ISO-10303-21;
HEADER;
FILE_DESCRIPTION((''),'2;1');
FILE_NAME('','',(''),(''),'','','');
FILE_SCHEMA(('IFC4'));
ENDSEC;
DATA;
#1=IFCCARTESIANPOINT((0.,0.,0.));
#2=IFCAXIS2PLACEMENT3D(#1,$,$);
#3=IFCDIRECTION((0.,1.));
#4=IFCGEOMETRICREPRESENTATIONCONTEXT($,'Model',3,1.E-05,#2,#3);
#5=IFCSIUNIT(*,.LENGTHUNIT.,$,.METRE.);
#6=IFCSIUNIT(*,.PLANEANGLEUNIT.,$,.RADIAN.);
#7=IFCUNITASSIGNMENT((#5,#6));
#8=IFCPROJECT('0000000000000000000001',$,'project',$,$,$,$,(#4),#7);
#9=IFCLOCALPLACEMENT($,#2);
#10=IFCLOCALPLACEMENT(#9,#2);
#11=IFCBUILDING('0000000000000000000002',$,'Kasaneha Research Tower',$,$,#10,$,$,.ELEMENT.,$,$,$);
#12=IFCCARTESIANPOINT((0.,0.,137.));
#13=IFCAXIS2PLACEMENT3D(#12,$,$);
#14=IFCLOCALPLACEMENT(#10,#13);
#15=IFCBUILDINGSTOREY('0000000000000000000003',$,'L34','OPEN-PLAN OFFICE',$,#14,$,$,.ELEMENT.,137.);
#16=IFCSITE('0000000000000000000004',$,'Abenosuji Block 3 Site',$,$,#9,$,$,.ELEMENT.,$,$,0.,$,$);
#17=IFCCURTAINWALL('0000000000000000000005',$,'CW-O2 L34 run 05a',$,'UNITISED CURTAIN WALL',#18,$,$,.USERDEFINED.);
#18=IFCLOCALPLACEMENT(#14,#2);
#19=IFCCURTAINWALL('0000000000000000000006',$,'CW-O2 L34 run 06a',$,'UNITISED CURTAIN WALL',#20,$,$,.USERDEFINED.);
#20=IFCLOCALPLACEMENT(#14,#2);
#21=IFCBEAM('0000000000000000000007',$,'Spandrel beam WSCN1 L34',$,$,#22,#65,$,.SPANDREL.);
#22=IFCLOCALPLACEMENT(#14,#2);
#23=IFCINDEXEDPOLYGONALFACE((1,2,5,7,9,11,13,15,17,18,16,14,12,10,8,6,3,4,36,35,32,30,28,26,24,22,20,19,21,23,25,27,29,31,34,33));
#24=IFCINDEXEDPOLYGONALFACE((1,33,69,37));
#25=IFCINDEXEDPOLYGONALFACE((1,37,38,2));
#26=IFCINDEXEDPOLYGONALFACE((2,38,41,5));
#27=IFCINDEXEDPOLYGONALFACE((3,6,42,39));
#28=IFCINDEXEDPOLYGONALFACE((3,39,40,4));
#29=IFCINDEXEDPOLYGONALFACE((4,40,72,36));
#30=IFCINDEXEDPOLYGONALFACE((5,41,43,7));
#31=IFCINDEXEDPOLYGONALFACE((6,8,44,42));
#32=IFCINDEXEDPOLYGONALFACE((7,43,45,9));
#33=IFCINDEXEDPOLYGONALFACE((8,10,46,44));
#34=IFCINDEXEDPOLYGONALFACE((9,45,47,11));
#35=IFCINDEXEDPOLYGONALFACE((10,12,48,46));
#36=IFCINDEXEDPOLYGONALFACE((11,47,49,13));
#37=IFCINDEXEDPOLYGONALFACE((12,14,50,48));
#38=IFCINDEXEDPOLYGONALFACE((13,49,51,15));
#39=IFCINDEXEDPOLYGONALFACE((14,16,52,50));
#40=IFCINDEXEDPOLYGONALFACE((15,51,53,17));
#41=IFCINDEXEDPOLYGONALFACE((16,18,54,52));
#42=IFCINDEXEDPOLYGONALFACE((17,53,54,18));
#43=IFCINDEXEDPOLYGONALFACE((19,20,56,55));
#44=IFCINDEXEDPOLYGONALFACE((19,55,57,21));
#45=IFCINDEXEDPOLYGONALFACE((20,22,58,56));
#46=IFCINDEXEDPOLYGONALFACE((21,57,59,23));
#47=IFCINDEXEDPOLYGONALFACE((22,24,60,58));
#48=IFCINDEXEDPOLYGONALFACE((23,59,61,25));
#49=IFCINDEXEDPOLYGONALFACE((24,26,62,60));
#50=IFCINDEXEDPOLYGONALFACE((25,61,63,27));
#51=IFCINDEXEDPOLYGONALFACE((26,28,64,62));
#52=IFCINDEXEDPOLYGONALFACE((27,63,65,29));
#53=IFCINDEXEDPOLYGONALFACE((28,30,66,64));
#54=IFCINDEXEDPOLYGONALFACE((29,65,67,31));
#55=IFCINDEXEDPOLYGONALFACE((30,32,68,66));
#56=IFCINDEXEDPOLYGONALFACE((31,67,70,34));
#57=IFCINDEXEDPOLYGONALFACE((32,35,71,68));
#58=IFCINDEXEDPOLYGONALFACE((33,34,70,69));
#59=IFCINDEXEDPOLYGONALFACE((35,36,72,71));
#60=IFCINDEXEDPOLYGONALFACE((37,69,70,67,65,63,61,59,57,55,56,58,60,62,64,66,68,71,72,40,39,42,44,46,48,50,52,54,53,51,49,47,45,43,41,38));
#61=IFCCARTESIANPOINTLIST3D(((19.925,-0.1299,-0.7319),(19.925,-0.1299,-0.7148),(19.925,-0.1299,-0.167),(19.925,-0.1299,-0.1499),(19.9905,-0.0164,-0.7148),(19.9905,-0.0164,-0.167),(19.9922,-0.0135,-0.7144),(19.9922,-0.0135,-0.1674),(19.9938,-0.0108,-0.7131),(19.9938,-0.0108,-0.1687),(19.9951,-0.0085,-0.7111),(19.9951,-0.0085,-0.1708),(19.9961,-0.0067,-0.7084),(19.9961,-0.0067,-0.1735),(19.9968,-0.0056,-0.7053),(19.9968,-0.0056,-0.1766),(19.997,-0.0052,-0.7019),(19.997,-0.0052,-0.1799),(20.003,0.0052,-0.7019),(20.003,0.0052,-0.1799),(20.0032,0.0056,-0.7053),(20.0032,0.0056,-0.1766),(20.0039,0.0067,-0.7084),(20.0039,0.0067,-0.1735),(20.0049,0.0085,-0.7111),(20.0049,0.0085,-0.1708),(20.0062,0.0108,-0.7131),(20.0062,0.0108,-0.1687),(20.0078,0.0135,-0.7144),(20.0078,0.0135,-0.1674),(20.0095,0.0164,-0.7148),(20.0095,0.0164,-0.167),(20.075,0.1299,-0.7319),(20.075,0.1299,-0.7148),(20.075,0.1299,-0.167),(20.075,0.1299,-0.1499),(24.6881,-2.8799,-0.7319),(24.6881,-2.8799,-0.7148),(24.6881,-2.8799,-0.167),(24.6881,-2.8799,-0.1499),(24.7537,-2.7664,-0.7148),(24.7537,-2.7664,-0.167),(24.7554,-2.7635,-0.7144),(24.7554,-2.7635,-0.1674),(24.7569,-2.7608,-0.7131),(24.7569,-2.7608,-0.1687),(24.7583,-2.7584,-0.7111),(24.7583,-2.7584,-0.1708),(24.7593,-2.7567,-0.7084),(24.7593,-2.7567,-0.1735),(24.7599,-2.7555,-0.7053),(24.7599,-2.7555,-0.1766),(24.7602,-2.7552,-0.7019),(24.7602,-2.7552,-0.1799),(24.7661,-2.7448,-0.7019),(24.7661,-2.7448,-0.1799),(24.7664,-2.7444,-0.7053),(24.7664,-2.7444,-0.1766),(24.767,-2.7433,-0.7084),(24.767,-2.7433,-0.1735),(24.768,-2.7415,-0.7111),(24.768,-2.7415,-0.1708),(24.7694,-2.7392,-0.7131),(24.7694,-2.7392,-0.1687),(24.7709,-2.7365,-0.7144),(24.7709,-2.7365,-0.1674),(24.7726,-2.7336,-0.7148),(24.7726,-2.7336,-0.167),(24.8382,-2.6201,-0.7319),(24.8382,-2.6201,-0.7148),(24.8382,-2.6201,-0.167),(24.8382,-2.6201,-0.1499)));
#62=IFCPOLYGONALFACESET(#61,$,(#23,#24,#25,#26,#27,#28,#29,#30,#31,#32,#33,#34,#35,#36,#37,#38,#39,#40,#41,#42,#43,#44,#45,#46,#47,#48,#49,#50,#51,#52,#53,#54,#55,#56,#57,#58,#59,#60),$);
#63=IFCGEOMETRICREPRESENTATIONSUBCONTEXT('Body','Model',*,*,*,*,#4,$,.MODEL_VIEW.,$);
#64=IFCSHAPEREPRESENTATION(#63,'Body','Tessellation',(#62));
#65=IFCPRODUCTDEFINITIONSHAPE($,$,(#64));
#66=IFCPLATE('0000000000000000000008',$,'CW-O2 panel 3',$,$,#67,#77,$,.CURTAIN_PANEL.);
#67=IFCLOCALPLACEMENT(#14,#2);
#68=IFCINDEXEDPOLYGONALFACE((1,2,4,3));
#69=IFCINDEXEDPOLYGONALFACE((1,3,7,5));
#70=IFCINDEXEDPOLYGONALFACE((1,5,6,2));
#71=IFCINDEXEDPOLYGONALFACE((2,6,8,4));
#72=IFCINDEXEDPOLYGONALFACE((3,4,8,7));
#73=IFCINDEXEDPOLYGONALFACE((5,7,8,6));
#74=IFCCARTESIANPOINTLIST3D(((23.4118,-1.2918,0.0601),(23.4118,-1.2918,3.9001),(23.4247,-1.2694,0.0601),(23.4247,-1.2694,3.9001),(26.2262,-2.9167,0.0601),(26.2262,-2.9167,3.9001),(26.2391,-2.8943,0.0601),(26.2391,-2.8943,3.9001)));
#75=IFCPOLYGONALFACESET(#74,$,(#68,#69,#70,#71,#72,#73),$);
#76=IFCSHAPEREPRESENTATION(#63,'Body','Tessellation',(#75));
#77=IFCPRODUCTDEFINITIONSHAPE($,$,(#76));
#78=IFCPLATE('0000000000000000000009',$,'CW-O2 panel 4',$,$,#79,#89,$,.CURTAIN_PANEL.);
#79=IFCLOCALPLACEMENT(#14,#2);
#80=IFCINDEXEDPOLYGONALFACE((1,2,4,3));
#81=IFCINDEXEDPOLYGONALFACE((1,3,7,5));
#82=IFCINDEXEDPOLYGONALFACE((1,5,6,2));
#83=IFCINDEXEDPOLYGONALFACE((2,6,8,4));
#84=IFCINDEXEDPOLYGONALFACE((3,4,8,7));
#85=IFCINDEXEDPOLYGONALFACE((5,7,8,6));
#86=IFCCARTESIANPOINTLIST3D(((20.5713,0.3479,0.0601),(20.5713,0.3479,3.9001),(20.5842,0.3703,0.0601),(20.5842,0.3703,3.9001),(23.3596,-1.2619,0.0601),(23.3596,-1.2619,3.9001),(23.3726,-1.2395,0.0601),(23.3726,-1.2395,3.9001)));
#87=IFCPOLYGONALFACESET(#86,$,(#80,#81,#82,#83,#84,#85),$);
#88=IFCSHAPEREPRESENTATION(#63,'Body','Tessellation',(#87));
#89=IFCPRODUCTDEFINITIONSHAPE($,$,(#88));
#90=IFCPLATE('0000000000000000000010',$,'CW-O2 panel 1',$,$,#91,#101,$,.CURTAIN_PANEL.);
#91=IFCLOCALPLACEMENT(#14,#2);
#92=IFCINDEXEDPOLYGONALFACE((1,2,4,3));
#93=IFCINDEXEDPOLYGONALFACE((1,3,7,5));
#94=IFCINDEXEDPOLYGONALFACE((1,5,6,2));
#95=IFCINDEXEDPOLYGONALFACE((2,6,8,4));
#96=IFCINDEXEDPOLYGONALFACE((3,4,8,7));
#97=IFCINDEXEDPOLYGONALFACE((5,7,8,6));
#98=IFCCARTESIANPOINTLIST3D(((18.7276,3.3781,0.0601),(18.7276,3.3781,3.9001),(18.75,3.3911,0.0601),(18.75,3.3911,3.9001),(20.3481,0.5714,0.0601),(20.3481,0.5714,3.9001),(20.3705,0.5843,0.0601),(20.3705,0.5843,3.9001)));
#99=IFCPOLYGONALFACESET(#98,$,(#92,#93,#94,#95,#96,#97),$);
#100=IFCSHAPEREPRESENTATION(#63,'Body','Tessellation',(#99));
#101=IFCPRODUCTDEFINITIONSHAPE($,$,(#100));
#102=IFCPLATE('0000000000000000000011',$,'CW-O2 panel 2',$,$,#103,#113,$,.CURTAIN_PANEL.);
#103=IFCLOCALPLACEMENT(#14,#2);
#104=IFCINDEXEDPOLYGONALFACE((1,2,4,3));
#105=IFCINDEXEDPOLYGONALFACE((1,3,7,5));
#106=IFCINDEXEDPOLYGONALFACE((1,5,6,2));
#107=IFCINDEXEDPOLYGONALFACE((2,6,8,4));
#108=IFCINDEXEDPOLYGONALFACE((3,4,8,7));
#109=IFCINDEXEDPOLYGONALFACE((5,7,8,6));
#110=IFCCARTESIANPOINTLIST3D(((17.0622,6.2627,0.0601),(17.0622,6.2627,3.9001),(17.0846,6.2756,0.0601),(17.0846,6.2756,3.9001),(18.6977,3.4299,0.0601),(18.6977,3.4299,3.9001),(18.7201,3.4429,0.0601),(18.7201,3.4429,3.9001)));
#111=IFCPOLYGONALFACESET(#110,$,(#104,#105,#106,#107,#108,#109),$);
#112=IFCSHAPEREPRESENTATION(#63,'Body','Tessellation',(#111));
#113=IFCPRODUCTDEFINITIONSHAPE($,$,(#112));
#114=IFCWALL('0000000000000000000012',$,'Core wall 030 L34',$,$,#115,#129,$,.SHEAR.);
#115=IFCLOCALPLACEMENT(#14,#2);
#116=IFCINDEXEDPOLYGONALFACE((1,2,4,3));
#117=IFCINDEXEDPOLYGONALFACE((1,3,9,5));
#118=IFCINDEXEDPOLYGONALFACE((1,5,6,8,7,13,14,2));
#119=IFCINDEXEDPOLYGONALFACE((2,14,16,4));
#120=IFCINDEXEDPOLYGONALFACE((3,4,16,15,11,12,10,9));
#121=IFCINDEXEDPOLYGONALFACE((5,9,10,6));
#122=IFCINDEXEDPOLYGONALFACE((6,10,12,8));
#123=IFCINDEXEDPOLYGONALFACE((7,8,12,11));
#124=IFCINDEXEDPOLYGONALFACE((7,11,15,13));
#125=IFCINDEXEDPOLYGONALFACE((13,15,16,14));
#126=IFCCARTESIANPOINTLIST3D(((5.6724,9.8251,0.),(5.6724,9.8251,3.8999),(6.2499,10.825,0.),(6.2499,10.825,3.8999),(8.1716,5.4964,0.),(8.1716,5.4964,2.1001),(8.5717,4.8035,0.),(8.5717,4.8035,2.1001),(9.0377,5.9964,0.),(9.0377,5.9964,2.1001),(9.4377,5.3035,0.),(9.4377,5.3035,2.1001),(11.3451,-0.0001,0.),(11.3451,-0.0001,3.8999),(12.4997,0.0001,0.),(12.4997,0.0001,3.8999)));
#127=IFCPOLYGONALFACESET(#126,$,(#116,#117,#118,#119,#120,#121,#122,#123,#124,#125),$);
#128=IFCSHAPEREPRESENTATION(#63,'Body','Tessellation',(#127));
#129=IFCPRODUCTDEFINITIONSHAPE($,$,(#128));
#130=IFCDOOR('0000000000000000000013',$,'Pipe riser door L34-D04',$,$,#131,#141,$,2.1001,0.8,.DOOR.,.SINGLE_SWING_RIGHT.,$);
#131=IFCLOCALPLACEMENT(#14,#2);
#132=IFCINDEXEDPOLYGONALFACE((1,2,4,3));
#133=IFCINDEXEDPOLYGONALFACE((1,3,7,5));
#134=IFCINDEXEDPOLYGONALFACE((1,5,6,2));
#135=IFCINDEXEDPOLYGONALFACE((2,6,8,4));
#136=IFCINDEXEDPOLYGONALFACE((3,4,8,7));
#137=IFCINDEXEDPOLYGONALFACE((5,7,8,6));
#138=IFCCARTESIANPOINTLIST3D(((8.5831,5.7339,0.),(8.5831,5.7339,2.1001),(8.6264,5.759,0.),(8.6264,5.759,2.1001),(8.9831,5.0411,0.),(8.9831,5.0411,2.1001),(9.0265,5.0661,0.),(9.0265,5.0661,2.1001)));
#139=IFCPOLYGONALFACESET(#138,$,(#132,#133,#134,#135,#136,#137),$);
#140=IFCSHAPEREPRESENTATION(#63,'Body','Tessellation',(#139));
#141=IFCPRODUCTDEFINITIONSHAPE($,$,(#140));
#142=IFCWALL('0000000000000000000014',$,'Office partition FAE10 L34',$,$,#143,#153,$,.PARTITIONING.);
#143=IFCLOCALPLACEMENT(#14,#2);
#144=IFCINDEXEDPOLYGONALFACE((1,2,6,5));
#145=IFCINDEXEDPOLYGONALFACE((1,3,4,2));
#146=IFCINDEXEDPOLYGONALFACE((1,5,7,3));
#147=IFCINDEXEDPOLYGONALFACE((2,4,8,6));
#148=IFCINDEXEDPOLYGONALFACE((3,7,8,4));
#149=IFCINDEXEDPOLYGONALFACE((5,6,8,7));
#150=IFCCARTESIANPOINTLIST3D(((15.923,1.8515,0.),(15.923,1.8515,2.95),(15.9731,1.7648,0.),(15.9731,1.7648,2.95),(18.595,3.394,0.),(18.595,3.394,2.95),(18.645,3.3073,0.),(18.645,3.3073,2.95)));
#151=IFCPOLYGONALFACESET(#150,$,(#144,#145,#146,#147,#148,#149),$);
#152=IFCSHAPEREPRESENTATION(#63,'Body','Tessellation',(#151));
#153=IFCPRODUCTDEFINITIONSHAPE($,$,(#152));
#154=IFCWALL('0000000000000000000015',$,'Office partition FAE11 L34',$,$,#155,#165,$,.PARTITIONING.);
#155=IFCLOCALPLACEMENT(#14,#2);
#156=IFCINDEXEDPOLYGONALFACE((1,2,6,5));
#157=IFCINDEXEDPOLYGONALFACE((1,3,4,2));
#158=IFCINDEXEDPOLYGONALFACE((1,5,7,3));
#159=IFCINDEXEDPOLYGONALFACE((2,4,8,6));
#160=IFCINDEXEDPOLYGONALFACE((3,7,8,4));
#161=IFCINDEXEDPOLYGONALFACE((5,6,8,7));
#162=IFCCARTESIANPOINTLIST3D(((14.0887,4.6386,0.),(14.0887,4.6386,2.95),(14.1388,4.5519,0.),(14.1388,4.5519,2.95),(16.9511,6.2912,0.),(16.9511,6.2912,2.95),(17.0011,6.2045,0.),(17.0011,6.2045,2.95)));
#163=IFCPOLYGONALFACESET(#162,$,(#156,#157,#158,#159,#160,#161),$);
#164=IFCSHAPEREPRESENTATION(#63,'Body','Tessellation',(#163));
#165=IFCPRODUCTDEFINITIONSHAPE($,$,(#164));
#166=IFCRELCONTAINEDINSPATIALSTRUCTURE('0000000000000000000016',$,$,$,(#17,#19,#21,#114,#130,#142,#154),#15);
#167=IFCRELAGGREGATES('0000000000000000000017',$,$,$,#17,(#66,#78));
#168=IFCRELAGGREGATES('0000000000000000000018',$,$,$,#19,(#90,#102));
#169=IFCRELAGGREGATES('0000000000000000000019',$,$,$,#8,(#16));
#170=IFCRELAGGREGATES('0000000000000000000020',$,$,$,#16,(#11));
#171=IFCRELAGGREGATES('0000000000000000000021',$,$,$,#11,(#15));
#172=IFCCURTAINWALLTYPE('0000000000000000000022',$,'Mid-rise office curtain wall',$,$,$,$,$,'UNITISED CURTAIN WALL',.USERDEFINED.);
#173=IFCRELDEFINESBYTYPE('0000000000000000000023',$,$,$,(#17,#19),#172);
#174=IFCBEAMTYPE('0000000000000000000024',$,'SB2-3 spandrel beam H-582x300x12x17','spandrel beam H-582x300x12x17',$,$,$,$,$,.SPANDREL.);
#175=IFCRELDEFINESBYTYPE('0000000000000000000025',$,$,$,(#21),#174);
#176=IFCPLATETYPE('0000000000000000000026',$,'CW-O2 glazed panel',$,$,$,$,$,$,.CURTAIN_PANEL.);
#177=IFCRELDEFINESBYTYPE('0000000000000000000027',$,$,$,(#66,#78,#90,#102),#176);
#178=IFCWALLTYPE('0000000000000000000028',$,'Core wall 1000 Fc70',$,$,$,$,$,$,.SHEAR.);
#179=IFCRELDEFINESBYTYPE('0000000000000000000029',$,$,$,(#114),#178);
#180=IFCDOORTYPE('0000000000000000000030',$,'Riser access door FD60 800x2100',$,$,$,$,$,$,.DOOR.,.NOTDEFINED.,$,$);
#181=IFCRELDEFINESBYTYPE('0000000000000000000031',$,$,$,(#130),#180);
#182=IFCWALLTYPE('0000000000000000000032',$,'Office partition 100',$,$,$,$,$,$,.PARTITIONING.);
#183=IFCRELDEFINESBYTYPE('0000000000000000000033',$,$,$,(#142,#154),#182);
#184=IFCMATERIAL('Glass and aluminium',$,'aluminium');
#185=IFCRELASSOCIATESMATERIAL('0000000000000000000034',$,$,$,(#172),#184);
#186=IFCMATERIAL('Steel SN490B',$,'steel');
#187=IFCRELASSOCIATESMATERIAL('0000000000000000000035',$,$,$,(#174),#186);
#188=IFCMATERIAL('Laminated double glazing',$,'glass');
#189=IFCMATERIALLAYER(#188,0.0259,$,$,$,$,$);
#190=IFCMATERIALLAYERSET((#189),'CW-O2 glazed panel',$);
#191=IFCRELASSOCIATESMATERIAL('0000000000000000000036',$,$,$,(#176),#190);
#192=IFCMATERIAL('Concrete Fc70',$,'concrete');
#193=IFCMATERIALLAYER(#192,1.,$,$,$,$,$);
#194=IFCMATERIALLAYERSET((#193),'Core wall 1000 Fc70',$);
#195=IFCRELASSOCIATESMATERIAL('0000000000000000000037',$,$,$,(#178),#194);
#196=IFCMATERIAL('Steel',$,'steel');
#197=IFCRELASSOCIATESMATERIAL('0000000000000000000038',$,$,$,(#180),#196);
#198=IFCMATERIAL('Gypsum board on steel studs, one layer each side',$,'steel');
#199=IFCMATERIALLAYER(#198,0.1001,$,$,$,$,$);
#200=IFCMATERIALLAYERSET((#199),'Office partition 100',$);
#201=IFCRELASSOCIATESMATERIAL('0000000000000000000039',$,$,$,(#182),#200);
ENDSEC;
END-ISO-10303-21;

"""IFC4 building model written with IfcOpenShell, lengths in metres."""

from ifc_helpers import new_model, si_unit, direction, frame, frame_2d, origin, origin_2d, place, context, subcontext, project, spatial, polyline, rectangle, i_section, outline, extrude, material, layer, layer_set, material_profile, profile_set, type_object, element, fill, aggregate, save


model = new_model("IFC4")

# Units and contexts
model_context = context("Model", 3, precision=1e-05, world=origin(), true_north=direction((0.0, 1.0)))
body_context = subcontext(model_context, "Body", "Model", "MODEL_VIEW")
ifc_project = project(units=[si_unit("LENGTHUNIT", "METRE"), si_unit("PLANEANGLEUNIT", "RADIAN")], contexts=[model_context])

# Site, building, storey
site_placement = place(None, origin())
site = spatial("IfcSite", under=ifc_project, at=site_placement, Name="Abenosuji Block 3 Site", CompositionType="ELEMENT", RefElevation=0.0)
building_placement = place(site_placement, origin())
building = spatial("IfcBuilding", under=site, at=building_placement, Name="Kasaneha Research Tower", CompositionType="ELEMENT")
storey_placement = place(building_placement, frame((0.0, 0.0, 137.0)))
storey = spatial("IfcBuildingStorey", under=building, at=storey_placement, Name="L34", Description="OPEN-PLAN OFFICE", CompositionType="ELEMENT", Elevation=137.0)

# Curtain walls
ifc_material_1 = material(Name="Glass and aluminium", Category="aluminium")
curtain_wall_type = type_object("IfcCurtainWallType", Name="Mid-rise office curtain wall", ElementType="UNITISED CURTAIN WALL", PredefinedType="USERDEFINED", material=ifc_material_1)
curtain_wall_1_placement = place(storey_placement, origin())
curtain_wall_1 = element("IfcCurtainWall", 1, at=curtain_wall_1_placement, inside=storey, type_object=curtain_wall_type, Name="CW-O2 L34 run 05a", ObjectType="UNITISED CURTAIN WALL", PredefinedType="USERDEFINED")
curtain_wall_2_placement = place(storey_placement, origin())
curtain_wall_2 = element("IfcCurtainWall", 2, at=curtain_wall_2_placement, inside=storey, type_object=curtain_wall_type, Name="CW-O2 L34 run 06a", ObjectType="UNITISED CURTAIN WALL", PredefinedType="USERDEFINED")

# Beam
ifc_material_2 = material(Name="Steel SN490B", Category="steel")
ifc_material_profile_1 = material_profile(ifc_material_2, i_section(OverallWidth=0.3, OverallDepth=0.582, WebThickness=0.012, FlangeThickness=0.0171, FilletRadius=0.0129, at=origin_2d()), Name="H-582x300x12x17")
ifc_profile_set_1 = profile_set([ifc_material_profile_1], Name="Steel SN490B")
beam_type_1 = type_object("IfcBeamType", Name="SB2-3 spandrel beam H-582x300x12x17", Description="spandrel beam H-582x300x12x17", PredefinedType="SPANDREL", material=ifc_profile_set_1)
beam_1_placement = place(storey_placement, frame((20.0, 0.0, -0.4409), z_axis=(0.866027, -0.499997, 0.0), x_axis=(0.499997, 0.866027, 0.0)))
element("IfcBeam", 3, at=beam_1_placement, inside=storey, type_object=beam_type_1, Name="Spandrel beam WSCN1 L34", PredefinedType="SPANDREL", context=body_context, shape_type="SweptSolid", body=[
    extrude(i_section(OverallWidth=0.3, OverallDepth=0.582, WebThickness=0.012, FlangeThickness=0.0171, FilletRadius=0.0129, at=origin_2d()), origin(), (0.0, 0.0, 1.0), 5.5),
])

# Plates
ifc_material_3 = material(Name="Laminated double glazing", Category="glass")
ifc_layer_1 = layer(ifc_material_3, 0.0259)
ifc_layer_set_1 = layer_set([ifc_layer_1], Name="CW-O2 glazed panel")
plate_type = type_object("IfcPlateType", Name="CW-O2 glazed panel", PredefinedType="CURTAIN_PANEL", material=ifc_layer_set_1)
plate_1_placement = place(storey_placement, frame((24.8254, -2.093, 0.0601), z_axis=(0.0, 0.0, 1.0), x_axis=(-0.866025, 0.5, 0.0)))
plate_1 = element("IfcPlate", 4, at=plate_1_placement, type_object=plate_type, Name="CW-O2 panel 3", PredefinedType="CURTAIN_PANEL", context=body_context, shape_type="SweptSolid", body=[
    extrude(rectangle(XDim=3.2498, YDim=0.0259, at=origin_2d()), origin(), (0.0, 0.0, 1.0), 3.8401),
])
plate_2_placement = place(storey_placement, frame((21.9719, -0.4458, 0.0601), z_axis=(0.0, 0.0, 1.0), x_axis=(-0.866025, 0.5, 0.0)))
plate_2 = element("IfcPlate", 5, at=plate_2_placement, type_object=plate_type, Name="CW-O2 panel 4", PredefinedType="CURTAIN_PANEL", context=body_context, shape_type="SweptSolid", body=[
    extrude(rectangle(XDim=3.2197, YDim=0.0259, at=origin_2d()), origin(), (0.0, 0.0, 1.0), 3.8401),
])
aggregate(curtain_wall_1, [plate_1, plate_2])
plate_3_placement = place(storey_placement, frame((19.5491, 1.9812, 0.0601), z_axis=(0.0, 0.0, 1.0), x_axis=(-0.5, 0.866025, 0.0)))
plate_3 = element("IfcPlate", 6, at=plate_3_placement, type_object=plate_type, Name="CW-O2 panel 1", PredefinedType="CURTAIN_PANEL", context=body_context, shape_type="SweptSolid", body=[
    extrude(rectangle(XDim=3.241, YDim=0.0259, at=origin_2d()), origin(), (0.0, 0.0, 1.0), 3.8401),
])
plate_4_placement = place(storey_placement, frame((17.8911, 4.8528, 0.0601), z_axis=(0.0, 0.0, 1.0), x_axis=(-0.5, 0.866025, 0.0)))
plate_4 = element("IfcPlate", 7, at=plate_4_placement, type_object=plate_type, Name="CW-O2 panel 2", PredefinedType="CURTAIN_PANEL", context=body_context, shape_type="SweptSolid", body=[
    extrude(rectangle(XDim=3.271, YDim=0.0259, at=origin_2d()), origin(), (0.0, 0.0, 1.0), 3.8401),
])
aggregate(curtain_wall_2, [plate_3, plate_4])

# Wall, opening, door
ifc_material_4 = material(Name="Concrete Fc70", Category="concrete")
ifc_layer_2 = layer(ifc_material_4, 1.0)
ifc_layer_set_2 = layer_set([ifc_layer_2], Name="Core wall 1000 Fc70")
wall_type_1 = type_object("IfcWallType", Name="Core wall 1000 Fc70", PredefinedType="SHEAR", material=ifc_layer_set_2)
wall_1_placement = place(storey_placement, frame((11.9224, 0.0, 0.0), z_axis=(0.0, 0.0, 1.0), x_axis=(-0.500004, 0.866023, 0.0)))
wall_1 = element("IfcWall", 8, at=wall_1_placement, inside=storey, type_object=wall_type_1, Name="Core wall 030 L34", PredefinedType="SHEAR", context=body_context, shape_type="SweptSolid", body=[
    extrude(outline(polyline([(-0.2886, -0.5), (5.8354, -0.5), (6.6355, -0.5), (12.2109, -0.5), (11.6338, 0.5), (6.6355, 0.5), (5.8354, 0.5), (0.2886, 0.5), (-0.2886, -0.5)])), origin(), (0.0, 0.0, 1.0), 3.8999),
])
opening_1_placement = place(wall_1_placement, frame((5.8354, 0.0, 0.0)))
opening_1 = element("IfcOpeningElement", 9, at=opening_1_placement, cuts=wall_1, PredefinedType="OPENING", context=body_context, shape_type="SweptSolid", body=[
    extrude(rectangle(XDim=0.8, YDim=2.1001, at=frame_2d((0.3999, 1.05))), frame((0.0, 0.51, 0.0), z_axis=(0.0, -1.0, 0.0), x_axis=(1.0, 0.0, 0.0)), (0.0, 0.0, 1.0), 1.02),
])
ifc_material_5 = material(Name="Steel", Category="steel")
door_type_1 = type_object("IfcDoorType", Name="Riser access door FD60 800x2100", OperationType="NOTDEFINED", PredefinedType="DOOR", material=ifc_material_5)
door_1_placement = place(opening_1_placement, origin())
door_1 = element("IfcDoor", 10, at=door_1_placement, inside=storey, type_object=door_type_1, Name="Pipe riser door L34-D04", OperationType="SINGLE_SWING_RIGHT", OverallHeight=2.1001, OverallWidth=0.8, PredefinedType="DOOR", context=body_context, shape_type="SweptSolid", body=[
    extrude(rectangle(XDim=0.8, YDim=2.1001, at=frame_2d((0.3999, 1.05))), frame((0.0, 0.0249, 0.0), z_axis=(0.0, -1.0, 0.0), x_axis=(1.0, 0.0, 0.0)), (0.0, 0.0, 1.0), 0.05),
])
fill(opening_1, door_1)

# Walls
ifc_material_6 = material(Name="Gypsum board on steel studs, one layer each side", Category="steel")
ifc_layer_3 = layer(ifc_material_6, 0.1001)
ifc_layer_set_3 = layer_set([ifc_layer_3], Name="Office partition 100")
wall_type_2 = type_object("IfcWallType", Name="Office partition 100", PredefinedType="PARTITIONING", material=ifc_layer_set_3)
wall_2_placement = place(storey_placement, frame((18.6199, 3.3506, 0.0), z_axis=(0.0, 0.0, 1.0), x_axis=(-0.866043, -0.499969, 0.0)))
element("IfcWall", 11, at=wall_2_placement, inside=storey, type_object=wall_type_2, Name="Office partition FAE10 L34", PredefinedType="PARTITIONING", context=body_context, shape_type="SweptSolid", body=[
    extrude(rectangle(XDim=3.0852, YDim=0.1001, at=frame_2d((1.5425, 0.0))), origin(), (0.0, 0.0, 1.0), 2.95),
])
wall_3_placement = place(storey_placement, frame((14.1138, 4.5952, 0.0), z_axis=(0.0, 0.0, 1.0), x_axis=(0.866021, 0.500008, 0.0)))
element("IfcWall", 12, at=wall_3_placement, inside=storey, type_object=wall_type_2, Name="Office partition FAE11 L34", PredefinedType="PARTITIONING", context=body_context, shape_type="SweptSolid", body=[
    extrude(rectangle(XDim=3.3052, YDim=0.1001, at=frame_2d((1.6526, 0.0))), origin(), (0.0, 0.0, 1.0), 2.95),
])

save(model, "model.ifc")
